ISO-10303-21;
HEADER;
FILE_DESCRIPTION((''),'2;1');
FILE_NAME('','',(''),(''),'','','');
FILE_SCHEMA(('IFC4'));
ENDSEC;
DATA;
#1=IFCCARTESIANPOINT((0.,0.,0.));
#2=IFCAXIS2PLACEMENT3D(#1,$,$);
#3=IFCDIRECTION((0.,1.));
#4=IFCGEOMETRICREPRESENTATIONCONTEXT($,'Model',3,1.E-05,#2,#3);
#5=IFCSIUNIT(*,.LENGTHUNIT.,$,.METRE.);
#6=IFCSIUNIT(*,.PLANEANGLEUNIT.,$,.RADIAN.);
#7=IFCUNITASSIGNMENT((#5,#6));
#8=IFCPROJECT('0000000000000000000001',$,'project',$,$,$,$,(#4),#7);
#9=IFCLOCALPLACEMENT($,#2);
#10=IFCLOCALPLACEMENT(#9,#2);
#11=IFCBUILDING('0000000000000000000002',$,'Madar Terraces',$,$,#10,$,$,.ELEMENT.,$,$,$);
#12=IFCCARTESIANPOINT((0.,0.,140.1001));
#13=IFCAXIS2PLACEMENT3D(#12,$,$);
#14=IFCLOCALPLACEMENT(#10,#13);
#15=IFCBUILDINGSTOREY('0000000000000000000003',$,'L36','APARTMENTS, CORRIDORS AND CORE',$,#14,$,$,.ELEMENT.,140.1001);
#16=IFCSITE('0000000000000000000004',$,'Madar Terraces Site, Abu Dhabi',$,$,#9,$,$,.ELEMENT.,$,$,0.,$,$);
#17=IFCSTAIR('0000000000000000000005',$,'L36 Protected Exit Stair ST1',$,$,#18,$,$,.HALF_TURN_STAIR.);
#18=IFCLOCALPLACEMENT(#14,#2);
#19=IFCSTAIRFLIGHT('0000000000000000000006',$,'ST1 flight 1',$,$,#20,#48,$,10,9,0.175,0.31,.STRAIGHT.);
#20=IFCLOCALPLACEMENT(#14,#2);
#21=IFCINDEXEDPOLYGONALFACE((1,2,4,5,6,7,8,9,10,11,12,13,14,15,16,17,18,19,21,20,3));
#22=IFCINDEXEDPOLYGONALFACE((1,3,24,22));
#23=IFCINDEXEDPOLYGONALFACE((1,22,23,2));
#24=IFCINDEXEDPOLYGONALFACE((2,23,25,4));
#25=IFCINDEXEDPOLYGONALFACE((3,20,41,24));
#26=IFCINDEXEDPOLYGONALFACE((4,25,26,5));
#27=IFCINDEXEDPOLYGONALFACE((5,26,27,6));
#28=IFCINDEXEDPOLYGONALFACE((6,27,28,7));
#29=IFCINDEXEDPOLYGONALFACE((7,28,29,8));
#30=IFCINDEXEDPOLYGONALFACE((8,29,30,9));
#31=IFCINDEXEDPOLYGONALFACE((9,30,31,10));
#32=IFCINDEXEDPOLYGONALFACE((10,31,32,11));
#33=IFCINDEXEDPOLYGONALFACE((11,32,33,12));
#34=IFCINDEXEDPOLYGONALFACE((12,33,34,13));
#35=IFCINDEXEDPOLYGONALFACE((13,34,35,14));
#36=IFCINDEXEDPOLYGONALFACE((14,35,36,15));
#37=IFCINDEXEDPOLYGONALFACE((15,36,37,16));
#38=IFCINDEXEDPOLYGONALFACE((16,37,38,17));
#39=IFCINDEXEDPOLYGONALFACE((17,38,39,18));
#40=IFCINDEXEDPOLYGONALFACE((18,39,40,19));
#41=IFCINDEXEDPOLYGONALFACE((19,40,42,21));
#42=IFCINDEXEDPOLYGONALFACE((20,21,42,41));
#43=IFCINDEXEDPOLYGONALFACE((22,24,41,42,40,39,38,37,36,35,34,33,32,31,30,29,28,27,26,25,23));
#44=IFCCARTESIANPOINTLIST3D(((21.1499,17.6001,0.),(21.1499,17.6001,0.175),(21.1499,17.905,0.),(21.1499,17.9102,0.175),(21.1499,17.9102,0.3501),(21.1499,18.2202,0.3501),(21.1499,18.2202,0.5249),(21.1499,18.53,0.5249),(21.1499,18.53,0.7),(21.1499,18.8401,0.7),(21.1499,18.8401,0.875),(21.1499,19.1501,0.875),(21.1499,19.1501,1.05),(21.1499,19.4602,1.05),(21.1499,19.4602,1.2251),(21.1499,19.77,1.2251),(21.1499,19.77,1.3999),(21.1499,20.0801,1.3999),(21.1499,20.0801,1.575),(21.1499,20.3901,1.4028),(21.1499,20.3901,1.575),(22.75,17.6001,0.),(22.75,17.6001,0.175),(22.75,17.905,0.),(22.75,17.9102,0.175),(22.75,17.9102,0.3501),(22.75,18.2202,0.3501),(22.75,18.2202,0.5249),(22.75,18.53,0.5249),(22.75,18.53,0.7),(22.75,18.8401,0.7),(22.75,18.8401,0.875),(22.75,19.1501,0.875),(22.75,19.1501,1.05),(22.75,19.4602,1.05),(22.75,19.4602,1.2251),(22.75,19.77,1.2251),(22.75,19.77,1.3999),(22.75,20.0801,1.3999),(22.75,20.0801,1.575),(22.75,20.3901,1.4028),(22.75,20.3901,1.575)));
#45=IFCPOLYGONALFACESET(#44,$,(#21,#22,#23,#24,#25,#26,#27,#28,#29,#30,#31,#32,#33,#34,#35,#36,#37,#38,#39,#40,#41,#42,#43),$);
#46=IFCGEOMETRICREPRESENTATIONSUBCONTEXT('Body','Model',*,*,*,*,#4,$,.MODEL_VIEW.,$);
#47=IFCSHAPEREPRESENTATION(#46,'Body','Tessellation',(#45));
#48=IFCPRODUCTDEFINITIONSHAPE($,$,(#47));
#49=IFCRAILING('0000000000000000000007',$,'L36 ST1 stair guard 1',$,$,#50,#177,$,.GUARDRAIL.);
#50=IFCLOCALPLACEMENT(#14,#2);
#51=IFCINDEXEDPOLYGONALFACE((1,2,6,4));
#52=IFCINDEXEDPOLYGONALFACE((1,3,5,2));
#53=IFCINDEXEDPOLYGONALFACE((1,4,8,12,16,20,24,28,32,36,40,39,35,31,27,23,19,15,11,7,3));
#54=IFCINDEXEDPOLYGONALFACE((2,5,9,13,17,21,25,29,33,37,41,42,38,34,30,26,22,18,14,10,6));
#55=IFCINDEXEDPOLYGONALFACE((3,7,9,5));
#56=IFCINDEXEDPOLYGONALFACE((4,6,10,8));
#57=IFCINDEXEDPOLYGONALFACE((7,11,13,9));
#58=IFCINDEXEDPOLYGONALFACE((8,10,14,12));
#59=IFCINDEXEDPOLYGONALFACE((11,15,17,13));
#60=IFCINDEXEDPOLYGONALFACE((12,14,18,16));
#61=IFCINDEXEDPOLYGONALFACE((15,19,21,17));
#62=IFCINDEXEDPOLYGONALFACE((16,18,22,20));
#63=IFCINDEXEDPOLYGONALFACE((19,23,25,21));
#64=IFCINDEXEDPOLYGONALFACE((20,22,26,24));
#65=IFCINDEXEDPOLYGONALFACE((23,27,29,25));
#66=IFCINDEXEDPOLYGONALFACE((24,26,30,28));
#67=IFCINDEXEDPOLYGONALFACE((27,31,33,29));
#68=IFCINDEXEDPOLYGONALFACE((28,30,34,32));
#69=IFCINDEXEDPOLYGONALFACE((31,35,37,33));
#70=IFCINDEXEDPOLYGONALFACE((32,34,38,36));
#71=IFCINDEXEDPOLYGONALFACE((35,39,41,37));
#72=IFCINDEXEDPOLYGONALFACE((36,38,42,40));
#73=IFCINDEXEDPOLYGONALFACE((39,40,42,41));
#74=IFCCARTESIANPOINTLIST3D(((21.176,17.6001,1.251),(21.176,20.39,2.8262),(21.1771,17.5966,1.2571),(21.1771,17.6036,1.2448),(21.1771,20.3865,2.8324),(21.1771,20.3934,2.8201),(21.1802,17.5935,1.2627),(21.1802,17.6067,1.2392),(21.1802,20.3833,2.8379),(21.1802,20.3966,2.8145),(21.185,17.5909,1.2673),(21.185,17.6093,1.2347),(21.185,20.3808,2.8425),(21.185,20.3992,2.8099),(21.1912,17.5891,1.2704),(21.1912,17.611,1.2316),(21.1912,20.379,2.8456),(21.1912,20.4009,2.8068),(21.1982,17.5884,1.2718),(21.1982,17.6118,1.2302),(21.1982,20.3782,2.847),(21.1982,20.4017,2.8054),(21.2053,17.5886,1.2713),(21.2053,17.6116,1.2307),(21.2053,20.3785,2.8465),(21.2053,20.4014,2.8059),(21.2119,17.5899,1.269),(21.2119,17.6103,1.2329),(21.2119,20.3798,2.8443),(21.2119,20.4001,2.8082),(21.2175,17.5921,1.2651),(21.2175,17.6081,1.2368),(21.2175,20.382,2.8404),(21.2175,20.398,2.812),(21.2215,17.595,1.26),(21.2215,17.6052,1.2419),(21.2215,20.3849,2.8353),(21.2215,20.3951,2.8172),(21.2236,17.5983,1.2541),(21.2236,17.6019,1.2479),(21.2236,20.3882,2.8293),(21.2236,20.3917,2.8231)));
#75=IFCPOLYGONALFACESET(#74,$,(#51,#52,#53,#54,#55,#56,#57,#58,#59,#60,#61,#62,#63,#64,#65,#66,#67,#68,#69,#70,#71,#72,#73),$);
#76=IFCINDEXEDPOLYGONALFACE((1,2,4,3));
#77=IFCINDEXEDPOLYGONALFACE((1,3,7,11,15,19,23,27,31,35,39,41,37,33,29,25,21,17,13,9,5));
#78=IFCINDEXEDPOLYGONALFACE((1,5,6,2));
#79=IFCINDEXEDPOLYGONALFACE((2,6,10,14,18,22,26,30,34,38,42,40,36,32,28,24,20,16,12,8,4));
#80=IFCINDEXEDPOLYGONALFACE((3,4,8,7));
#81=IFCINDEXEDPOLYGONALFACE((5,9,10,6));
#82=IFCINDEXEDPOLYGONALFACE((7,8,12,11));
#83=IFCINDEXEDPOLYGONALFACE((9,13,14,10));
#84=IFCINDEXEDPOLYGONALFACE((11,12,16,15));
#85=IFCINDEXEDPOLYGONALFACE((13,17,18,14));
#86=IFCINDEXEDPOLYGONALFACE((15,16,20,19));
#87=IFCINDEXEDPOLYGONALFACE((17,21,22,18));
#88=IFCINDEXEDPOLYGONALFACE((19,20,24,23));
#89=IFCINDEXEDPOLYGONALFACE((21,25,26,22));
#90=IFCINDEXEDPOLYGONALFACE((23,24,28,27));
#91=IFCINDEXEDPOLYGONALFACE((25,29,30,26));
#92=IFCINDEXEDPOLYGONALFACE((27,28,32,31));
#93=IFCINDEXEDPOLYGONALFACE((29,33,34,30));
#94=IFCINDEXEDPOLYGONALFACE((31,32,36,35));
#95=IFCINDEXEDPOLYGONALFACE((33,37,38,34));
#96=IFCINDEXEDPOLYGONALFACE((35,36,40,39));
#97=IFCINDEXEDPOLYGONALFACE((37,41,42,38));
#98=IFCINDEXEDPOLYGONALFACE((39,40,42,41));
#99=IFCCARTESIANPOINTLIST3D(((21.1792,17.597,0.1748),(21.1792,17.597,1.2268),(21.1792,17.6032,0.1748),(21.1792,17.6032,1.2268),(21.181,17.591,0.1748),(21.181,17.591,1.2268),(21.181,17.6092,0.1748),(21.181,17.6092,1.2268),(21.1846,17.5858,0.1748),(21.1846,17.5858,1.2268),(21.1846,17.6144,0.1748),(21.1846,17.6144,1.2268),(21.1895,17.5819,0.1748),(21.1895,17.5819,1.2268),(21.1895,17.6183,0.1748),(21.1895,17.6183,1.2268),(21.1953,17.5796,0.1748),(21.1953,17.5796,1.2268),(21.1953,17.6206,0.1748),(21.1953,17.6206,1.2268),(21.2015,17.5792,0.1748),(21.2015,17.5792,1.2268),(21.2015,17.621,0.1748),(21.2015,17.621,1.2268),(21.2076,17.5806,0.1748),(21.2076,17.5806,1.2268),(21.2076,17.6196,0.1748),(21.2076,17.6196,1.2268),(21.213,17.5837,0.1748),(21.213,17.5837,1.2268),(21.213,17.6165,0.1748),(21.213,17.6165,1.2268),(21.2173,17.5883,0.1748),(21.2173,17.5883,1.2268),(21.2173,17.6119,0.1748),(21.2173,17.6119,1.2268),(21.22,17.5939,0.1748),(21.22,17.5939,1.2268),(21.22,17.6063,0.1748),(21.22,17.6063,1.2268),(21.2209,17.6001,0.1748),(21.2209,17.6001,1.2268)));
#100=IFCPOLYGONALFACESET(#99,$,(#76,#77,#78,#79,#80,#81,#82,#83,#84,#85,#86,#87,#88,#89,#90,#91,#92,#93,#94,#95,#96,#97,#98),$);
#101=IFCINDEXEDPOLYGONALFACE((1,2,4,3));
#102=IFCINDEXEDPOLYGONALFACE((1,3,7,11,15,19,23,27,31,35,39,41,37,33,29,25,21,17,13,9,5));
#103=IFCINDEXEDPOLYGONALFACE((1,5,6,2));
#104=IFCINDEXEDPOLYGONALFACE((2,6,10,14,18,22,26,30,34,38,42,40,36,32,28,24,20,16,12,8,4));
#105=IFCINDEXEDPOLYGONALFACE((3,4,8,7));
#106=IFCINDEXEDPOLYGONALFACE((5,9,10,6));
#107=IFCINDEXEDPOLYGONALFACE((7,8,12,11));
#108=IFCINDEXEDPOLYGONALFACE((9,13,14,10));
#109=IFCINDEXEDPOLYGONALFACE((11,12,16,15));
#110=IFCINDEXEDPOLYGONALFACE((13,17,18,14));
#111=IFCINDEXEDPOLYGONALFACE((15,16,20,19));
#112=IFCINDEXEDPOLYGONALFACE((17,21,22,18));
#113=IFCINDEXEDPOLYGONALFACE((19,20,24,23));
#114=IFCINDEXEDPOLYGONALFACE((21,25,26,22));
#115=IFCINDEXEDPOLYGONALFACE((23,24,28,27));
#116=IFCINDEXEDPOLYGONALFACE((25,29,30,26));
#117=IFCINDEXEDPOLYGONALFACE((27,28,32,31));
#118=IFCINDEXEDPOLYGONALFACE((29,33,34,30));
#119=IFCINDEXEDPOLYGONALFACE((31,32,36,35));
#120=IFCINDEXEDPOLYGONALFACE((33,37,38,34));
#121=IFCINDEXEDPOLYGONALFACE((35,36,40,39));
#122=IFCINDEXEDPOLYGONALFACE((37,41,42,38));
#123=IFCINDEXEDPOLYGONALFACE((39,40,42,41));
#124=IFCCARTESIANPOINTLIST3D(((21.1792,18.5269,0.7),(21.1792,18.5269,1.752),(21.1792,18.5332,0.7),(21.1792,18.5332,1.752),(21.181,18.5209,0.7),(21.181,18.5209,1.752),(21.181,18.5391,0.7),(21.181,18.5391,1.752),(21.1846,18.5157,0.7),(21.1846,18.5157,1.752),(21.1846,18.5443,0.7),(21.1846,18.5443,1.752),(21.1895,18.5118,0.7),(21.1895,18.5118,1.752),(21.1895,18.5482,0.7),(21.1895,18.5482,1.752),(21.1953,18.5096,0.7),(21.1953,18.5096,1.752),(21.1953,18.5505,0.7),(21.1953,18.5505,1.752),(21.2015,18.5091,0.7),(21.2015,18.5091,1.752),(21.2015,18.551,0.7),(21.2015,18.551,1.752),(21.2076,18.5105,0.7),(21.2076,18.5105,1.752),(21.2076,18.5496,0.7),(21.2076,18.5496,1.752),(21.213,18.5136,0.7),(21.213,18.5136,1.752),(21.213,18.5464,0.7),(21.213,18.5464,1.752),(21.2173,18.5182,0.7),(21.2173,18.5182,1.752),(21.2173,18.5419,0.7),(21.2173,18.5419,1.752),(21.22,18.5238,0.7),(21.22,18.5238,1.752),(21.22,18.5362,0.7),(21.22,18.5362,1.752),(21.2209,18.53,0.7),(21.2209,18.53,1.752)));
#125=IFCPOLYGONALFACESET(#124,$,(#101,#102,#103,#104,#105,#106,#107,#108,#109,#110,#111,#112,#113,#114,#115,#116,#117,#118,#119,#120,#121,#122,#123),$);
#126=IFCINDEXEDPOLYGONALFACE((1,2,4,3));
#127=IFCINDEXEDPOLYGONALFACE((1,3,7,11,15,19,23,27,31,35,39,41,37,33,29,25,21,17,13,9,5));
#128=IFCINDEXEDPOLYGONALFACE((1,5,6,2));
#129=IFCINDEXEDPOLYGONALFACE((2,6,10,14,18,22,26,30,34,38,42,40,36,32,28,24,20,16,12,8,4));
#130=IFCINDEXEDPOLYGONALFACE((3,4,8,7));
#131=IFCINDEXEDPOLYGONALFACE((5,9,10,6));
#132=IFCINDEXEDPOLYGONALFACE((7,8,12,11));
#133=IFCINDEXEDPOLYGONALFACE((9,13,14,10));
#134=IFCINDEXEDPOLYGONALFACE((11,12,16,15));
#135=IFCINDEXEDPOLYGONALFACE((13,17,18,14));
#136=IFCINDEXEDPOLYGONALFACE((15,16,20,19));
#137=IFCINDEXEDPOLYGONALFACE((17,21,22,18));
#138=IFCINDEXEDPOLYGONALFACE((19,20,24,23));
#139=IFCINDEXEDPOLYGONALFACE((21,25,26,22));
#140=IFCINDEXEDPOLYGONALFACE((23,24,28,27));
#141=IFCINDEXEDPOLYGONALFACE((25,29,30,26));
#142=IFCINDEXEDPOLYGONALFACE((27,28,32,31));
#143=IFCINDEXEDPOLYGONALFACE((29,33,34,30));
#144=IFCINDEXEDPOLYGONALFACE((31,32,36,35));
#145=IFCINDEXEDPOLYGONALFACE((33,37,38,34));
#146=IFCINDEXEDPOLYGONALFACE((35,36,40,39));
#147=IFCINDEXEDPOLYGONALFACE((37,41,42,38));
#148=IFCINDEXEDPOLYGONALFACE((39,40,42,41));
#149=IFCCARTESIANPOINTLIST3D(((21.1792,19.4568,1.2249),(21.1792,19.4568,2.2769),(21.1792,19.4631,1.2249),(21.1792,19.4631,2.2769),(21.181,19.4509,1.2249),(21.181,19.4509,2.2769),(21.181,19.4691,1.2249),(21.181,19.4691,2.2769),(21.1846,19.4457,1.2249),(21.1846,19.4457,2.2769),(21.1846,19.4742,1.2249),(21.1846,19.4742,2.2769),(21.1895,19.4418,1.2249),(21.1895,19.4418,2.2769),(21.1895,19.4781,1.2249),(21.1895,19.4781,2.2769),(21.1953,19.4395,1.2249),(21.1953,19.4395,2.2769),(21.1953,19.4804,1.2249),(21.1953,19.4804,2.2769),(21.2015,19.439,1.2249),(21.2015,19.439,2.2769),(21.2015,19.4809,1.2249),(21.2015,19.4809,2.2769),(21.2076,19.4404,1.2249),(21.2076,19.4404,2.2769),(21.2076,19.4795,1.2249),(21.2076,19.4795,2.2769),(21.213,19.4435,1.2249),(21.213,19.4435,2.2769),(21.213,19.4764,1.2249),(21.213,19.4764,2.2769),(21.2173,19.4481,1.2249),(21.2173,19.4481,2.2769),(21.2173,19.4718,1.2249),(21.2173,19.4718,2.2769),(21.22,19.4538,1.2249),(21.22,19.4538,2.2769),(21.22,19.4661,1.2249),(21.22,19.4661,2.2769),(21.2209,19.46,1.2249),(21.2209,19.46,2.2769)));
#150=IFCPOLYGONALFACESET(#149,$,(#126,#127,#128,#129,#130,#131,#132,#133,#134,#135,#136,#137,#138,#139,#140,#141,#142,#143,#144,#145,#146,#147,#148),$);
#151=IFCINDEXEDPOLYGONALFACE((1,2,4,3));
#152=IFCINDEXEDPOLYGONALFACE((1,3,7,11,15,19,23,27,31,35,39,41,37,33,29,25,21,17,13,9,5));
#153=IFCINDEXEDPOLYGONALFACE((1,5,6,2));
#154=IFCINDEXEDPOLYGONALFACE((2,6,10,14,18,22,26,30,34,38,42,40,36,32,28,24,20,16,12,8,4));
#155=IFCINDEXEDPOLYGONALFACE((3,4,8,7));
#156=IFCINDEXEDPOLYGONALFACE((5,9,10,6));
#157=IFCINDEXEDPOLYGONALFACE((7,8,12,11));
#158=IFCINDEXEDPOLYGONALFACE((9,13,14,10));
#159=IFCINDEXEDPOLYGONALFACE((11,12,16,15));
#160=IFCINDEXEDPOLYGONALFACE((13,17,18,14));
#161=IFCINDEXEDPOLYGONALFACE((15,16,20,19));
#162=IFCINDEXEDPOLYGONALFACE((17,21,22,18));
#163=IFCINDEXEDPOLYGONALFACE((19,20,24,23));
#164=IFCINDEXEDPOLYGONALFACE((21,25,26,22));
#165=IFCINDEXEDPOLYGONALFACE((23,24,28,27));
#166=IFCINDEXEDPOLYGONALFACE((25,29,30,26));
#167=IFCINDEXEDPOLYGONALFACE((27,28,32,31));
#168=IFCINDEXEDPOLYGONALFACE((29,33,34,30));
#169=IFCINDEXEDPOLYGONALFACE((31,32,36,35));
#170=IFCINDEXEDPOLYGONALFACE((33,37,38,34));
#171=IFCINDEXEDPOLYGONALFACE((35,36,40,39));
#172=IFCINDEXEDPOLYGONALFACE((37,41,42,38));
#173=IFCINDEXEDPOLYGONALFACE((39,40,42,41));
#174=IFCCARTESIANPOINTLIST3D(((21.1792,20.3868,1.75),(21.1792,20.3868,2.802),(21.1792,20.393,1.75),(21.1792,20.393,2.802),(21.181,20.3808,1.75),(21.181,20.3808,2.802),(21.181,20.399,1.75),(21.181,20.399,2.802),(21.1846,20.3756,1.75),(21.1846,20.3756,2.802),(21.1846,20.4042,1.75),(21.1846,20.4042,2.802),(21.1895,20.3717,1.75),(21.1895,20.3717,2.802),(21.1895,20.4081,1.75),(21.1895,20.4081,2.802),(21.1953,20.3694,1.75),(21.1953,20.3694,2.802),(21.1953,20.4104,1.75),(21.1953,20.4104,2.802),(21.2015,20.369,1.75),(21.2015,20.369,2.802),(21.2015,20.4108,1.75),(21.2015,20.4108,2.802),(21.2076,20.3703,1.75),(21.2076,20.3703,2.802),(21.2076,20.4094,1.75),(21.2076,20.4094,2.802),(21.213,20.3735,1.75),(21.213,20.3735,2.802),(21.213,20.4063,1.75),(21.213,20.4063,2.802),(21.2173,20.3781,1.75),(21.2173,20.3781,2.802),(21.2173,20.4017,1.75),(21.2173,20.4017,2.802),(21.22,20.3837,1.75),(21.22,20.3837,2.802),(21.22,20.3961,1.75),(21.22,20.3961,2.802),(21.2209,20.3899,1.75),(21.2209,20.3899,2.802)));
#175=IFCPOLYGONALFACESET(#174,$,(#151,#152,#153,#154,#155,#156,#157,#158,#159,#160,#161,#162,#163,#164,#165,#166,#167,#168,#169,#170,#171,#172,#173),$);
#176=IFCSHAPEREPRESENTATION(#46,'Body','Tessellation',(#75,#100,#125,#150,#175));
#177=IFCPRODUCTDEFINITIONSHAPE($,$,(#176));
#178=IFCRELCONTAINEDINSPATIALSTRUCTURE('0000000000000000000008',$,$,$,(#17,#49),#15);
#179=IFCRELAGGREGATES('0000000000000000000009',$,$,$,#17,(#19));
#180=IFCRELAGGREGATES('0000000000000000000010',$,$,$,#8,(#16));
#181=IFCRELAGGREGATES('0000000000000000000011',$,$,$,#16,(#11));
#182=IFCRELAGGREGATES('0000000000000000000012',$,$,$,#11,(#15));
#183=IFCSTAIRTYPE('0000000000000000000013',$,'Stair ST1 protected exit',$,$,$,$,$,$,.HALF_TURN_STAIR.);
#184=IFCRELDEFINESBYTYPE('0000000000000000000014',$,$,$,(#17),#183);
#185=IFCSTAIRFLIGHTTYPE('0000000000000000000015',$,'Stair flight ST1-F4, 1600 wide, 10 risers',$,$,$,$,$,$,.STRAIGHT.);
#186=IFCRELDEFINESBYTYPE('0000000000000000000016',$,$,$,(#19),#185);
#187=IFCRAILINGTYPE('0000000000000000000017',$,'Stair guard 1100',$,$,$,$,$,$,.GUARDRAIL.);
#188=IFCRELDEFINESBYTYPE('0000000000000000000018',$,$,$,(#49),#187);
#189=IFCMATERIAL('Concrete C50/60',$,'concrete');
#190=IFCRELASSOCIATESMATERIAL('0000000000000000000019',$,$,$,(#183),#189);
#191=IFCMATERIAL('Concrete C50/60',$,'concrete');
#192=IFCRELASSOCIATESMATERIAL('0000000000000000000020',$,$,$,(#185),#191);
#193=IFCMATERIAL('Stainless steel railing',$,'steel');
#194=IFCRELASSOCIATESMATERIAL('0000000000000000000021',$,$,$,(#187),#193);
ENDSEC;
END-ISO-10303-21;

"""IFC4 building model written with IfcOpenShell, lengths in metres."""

from ifc_helpers import new_model, si_unit, direction, frame, origin, origin_2d, place, context, subcontext, project, spatial, polyline, circle, outline, extrude, material, type_object, element, aggregate, save


model = new_model("IFC4")

# Units and contexts
model_context = context("Model", 3, precision=1e-05, world=origin(), true_north=direction((0.0, 1.0)))
body_context = subcontext(model_context, "Body", "Model", "MODEL_VIEW")
ifc_project = project(units=[si_unit("LENGTHUNIT", "METRE"), si_unit("PLANEANGLEUNIT", "RADIAN")], contexts=[model_context])

# Site, building, storey
site_placement = place(None, origin())
site = spatial("IfcSite", under=ifc_project, at=site_placement, Name="Madar Terraces Site, Abu Dhabi", CompositionType="ELEMENT", RefElevation=0.0)
building_placement = place(site_placement, origin())
building = spatial("IfcBuilding", under=site, at=building_placement, Name="Madar Terraces", CompositionType="ELEMENT")
storey_placement = place(building_placement, frame((0.0, 0.0, 140.1001)))
storey = spatial("IfcBuildingStorey", under=building, at=storey_placement, Name="L36", Description="APARTMENTS, CORRIDORS AND CORE", CompositionType="ELEMENT", Elevation=140.1001)

# Stair, stair flight
ifc_material_1 = material(Name="Concrete C50/60", Category="concrete")
stair_type = type_object("IfcStairType", Name="Stair ST1 protected exit", PredefinedType="HALF_TURN_STAIR", material=ifc_material_1)
stair_placement = place(storey_placement, origin())
stair = element("IfcStair", 1, at=stair_placement, inside=storey, type_object=stair_type, Name="L36 Protected Exit Stair ST1", PredefinedType="HALF_TURN_STAIR")
ifc_material_2 = material(Name="Concrete C50/60", Category="concrete")
stair_flight_type = type_object("IfcStairFlightType", Name="Stair flight ST1-F4, 1600 wide, 10 risers", PredefinedType="STRAIGHT", material=ifc_material_2)
stair_flight_placement = place(storey_placement, frame((21.95, 17.6001, 0.0), z_axis=(0.0, 0.0, 1.0), x_axis=(0.0, 1.0, 0.0)))
stair_flight = element("IfcStairFlight", 2, at=stair_flight_placement, type_object=stair_flight_type, Name="ST1 flight 1", NumberOfRisers=10, NumberOfTreads=9, PredefinedType="STRAIGHT", RiserHeight=0.175, TreadLength=0.31, context=body_context, shape_type="SweptSolid", body=[
    extrude(outline(polyline([(0.0, 0.0), (0.0, 0.175), (0.3101, 0.175), (0.3101, 0.3501), (0.6201, 0.3501), (0.6201, 0.5249), (0.9299, 0.5249), (0.9299, 0.7), (1.24, 0.7), (1.24, 0.875), (1.55, 0.875), (1.55, 1.05), (1.8601, 1.05), (1.8601, 1.2251), (2.1699, 1.2251), (2.1699, 1.3999), (2.48, 1.3999), (2.48, 1.575), (2.79, 1.575), (2.79, 1.75), (2.79, 1.4028), (0.3049, 0.0), (0.0, 0.0)])), frame((0.0, 0.8, 0.0), z_axis=(0.0, -1.0, 0.0), x_axis=(1.0, 0.0, 0.0)), (0.0, 0.0, 1.0), 1.6001),
])
aggregate(stair, [stair_flight])

# Railing
ifc_material_3 = material(Name="Stainless steel railing", Category="steel")
railing_type_1 = type_object("IfcRailingType", Name="Stair guard 1100", PredefinedType="GUARDRAIL", material=ifc_material_3)
railing_1_placement = place(storey_placement, frame((21.2, 17.6001, 0.1748)))
element("IfcRailing", 3, at=railing_1_placement, inside=storey, type_object=railing_type_1, Name="L36 ST1 stair guard 1", PredefinedType="GUARDRAIL", context=body_context, shape_type="SweptSolid", body=[
    extrude(circle(Radius=0.0239, at=origin_2d()), frame((0.0, 0.0, 1.0762), z_axis=(0.0, 0.870783, 0.491668), x_axis=(-1.0, 0.0, 0.0)), (0.0, 0.0, 1.0), 3.2039),
    extrude(circle(Radius=0.021, at=origin_2d()), origin(), (0.0, 0.0, 1.0), 1.052),
    extrude(circle(Radius=0.021, at=origin_2d()), frame((0.0, 0.9299, 0.5251)), (0.0, 0.0, 1.0), 1.052),
    extrude(circle(Radius=0.021, at=origin_2d()), frame((0.0, 1.8599, 1.05)), (0.0, 0.0, 1.0), 1.052),
    extrude(circle(Radius=0.021, at=origin_2d()), frame((0.0, 2.7898, 1.5752)), (0.0, 0.0, 1.0), 1.052),
])

save(model, "model.ifc")
